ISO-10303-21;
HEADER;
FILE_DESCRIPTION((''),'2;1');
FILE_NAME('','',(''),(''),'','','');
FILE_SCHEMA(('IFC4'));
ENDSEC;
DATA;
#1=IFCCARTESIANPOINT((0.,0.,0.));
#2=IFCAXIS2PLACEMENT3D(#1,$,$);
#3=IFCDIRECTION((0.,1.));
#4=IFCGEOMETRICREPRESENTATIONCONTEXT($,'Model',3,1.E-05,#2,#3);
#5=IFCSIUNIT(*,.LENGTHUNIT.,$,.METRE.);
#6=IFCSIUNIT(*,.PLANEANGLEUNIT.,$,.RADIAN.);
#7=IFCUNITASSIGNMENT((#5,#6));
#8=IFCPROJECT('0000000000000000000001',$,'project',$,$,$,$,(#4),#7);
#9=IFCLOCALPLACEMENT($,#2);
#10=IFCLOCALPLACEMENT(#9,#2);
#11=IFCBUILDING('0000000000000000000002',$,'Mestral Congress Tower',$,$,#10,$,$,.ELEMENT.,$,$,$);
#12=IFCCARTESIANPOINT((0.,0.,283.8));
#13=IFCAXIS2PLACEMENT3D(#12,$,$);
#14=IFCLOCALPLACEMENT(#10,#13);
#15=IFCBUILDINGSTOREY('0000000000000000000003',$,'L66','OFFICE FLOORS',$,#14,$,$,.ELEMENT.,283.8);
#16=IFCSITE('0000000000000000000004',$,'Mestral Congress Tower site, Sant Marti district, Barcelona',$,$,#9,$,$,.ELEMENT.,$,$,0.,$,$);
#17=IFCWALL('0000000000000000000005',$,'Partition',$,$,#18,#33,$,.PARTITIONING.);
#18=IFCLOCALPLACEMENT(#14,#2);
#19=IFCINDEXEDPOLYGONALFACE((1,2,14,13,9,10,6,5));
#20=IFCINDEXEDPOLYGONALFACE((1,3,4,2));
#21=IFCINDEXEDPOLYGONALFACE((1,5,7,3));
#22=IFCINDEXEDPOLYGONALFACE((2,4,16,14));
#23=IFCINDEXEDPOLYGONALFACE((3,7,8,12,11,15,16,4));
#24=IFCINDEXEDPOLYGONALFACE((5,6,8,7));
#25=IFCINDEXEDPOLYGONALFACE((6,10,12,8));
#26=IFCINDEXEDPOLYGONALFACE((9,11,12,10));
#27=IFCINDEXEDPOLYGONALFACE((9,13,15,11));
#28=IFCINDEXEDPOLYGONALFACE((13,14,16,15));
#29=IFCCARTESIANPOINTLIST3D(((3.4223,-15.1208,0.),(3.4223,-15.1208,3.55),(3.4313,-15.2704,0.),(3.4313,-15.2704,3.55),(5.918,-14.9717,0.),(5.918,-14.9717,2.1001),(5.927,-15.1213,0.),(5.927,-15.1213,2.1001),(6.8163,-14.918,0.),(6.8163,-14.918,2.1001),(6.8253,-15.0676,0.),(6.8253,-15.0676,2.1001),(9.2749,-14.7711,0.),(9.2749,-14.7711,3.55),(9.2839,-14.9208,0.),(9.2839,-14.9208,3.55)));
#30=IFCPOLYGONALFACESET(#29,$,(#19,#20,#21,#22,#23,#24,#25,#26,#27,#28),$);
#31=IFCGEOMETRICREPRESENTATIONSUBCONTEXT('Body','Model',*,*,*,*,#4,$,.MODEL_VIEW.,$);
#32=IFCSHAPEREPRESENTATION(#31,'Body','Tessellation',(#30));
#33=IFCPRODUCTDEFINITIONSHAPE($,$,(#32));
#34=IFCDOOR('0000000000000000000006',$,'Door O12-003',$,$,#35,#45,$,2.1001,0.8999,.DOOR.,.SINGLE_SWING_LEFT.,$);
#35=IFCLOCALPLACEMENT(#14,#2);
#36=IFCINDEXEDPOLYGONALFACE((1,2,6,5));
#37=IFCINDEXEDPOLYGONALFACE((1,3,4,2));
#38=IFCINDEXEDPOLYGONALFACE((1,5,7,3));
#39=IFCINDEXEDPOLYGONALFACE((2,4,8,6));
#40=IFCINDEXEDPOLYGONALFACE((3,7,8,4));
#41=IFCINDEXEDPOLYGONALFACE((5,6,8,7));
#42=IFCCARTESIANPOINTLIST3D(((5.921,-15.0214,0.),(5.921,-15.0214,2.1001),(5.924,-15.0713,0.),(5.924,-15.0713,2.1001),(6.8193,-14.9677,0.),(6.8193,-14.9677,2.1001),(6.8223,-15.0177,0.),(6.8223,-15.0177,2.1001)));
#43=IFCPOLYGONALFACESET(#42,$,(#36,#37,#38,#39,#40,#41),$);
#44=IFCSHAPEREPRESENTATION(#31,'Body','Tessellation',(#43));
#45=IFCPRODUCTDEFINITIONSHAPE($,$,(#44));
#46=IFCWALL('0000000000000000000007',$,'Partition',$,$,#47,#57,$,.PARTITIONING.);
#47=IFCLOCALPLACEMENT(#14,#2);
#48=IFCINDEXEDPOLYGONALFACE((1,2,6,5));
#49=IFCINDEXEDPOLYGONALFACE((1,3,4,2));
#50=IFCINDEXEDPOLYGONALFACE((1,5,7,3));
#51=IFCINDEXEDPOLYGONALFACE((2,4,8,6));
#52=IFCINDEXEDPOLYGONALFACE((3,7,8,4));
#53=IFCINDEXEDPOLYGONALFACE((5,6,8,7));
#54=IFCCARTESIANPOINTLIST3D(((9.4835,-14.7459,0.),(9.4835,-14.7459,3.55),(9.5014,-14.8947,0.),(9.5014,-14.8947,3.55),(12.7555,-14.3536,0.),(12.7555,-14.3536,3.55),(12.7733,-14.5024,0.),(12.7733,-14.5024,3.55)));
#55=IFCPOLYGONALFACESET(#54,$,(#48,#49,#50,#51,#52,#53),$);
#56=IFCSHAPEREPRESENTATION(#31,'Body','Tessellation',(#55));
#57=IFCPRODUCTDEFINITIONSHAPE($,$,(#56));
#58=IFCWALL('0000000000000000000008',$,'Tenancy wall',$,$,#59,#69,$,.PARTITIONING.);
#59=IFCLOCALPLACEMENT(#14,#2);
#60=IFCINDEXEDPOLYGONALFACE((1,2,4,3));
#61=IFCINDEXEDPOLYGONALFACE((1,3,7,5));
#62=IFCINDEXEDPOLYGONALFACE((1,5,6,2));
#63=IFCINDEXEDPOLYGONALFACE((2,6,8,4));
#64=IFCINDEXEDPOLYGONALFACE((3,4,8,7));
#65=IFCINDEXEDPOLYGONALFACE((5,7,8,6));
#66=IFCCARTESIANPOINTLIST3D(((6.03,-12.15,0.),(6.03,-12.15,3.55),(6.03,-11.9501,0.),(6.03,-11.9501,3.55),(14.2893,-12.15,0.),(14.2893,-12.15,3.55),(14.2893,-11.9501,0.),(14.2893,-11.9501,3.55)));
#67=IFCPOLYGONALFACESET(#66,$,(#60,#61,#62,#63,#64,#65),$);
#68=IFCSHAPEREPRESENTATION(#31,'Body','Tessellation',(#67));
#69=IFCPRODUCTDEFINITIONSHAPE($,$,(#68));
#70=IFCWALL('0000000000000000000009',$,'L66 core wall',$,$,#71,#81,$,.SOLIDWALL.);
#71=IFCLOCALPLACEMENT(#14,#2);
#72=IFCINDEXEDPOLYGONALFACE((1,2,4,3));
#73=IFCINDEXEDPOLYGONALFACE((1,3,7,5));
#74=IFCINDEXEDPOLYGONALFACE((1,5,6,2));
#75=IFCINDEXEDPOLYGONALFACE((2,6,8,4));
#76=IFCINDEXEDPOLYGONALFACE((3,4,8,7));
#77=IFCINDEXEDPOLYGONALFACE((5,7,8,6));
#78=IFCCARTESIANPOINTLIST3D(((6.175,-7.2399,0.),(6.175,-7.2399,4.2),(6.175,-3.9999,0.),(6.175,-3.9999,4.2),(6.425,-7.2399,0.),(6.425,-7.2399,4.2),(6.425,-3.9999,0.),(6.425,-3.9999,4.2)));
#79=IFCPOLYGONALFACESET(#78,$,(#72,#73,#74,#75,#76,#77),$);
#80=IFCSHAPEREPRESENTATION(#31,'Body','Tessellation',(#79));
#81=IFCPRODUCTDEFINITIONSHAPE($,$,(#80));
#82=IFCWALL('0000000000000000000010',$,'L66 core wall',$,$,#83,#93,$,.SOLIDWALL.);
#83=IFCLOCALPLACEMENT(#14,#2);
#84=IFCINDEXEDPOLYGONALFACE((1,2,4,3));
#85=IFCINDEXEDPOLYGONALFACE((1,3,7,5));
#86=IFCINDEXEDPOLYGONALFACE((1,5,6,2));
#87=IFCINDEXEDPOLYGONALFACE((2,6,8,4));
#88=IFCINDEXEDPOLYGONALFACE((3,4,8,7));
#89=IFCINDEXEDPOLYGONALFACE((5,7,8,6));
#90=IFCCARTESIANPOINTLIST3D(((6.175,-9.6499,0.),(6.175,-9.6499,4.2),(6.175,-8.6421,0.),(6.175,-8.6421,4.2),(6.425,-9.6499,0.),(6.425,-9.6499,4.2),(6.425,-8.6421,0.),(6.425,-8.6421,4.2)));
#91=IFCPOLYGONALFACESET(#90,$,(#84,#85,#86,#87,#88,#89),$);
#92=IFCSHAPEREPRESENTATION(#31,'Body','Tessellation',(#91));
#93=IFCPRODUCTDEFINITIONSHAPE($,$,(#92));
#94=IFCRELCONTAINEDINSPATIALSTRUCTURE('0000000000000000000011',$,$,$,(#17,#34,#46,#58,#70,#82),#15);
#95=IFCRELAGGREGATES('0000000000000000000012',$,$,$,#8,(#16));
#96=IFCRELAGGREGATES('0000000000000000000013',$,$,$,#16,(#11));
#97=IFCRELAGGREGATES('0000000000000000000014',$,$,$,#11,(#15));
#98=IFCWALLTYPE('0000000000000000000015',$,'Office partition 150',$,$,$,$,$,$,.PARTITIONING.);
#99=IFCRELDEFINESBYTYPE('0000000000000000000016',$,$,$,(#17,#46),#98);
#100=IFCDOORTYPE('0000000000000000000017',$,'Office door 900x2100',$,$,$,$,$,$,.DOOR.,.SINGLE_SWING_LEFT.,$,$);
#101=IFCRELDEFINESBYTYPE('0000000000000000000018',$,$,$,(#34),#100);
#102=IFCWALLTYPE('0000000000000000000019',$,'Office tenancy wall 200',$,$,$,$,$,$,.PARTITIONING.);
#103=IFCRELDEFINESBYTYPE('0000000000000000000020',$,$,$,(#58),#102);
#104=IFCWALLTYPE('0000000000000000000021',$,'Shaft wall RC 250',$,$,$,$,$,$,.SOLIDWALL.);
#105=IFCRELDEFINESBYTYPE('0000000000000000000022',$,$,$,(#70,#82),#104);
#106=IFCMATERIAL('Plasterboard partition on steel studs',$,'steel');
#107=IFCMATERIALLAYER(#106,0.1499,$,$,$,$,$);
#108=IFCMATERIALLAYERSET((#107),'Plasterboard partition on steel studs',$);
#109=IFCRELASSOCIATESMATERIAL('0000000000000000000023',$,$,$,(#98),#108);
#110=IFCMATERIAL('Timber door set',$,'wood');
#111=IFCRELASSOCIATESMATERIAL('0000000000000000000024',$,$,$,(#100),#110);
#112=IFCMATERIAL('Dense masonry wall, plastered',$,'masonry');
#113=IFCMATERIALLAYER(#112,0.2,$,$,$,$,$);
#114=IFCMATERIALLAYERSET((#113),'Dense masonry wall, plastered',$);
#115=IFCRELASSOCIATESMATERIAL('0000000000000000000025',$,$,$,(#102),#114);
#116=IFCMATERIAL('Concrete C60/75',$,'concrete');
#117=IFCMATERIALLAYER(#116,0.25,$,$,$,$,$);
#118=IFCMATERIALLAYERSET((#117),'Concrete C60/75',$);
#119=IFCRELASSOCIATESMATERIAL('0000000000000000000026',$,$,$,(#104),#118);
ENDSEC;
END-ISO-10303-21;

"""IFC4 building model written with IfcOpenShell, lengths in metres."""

from ifc_helpers import new_model, si_unit, direction, frame, frame_2d, origin, place, context, subcontext, project, spatial, rectangle, extrude, material, layer, layer_set, type_object, element, fill, save


model = new_model("IFC4")

# Units and contexts
model_context = context("Model", 3, precision=1e-05, world=origin(), true_north=direction((0.0, 1.0)))
body_context = subcontext(model_context, "Body", "Model", "MODEL_VIEW")
ifc_project = project(units=[si_unit("LENGTHUNIT", "METRE"), si_unit("PLANEANGLEUNIT", "RADIAN")], contexts=[model_context])

# Site, building, storey
site_placement = place(None, origin())
site = spatial("IfcSite", under=ifc_project, at=site_placement, Name="Mestral Congress Tower site, Sant Marti district, Barcelona", CompositionType="ELEMENT", RefElevation=0.0)
building_placement = place(site_placement, origin())
building = spatial("IfcBuilding", under=site, at=building_placement, Name="Mestral Congress Tower", CompositionType="ELEMENT")
storey_placement = place(building_placement, frame((0.0, 0.0, 283.8)))
storey = spatial("IfcBuildingStorey", under=building, at=storey_placement, Name="L66", Description="OFFICE FLOORS", CompositionType="ELEMENT", Elevation=283.8)

# Shared definitions
ifc_material_1 = material(Name="Concrete C60/75", Category="concrete")

# Shared definitions
ifc_material_2 = material(Name="Plasterboard partition on steel studs", Category="steel")
ifc_layer_1 = layer(ifc_material_2, 0.1499)
ifc_layer_set_1 = layer_set([ifc_layer_1], Name="Plasterboard partition on steel studs")
wall_type_1 = type_object("IfcWallType", Name="Office partition 150", PredefinedType="PARTITIONING", material=ifc_layer_set_1)

# Wall, opening, door
ifc_material_3 = material(Name="Timber door set", Category="wood")
door_type_1 = type_object("IfcDoorType", Name="Office door 900x2100", OperationType="SINGLE_SWING_LEFT", PredefinedType="DOOR", material=ifc_material_3)
wall_1_placement = place(storey_placement, frame((9.2795, -14.8459, 0.0), z_axis=(0.0, 0.0, 1.0), x_axis=(-0.998221, -0.05963, 0.0)))
wall_1 = element("IfcWall", 1, at=wall_1_placement, inside=storey, type_object=wall_type_1, Name="Partition", PredefinedType="PARTITIONING", context=body_context, shape_type="SweptSolid", body=[
    extrude(rectangle(XDim=5.863, YDim=0.1499, at=frame_2d((2.9316, 0.0))), origin(), (0.0, 0.0, 1.0), 3.55),
])
opening_1_placement = place(wall_1_placement, frame((2.4631, 0.0, 0.0)))
opening_1 = element("IfcOpeningElement", 2, at=opening_1_placement, cuts=wall_1, PredefinedType="OPENING", context=body_context, shape_type="SweptSolid", body=[
    extrude(rectangle(XDim=0.8999, YDim=2.1001, at=frame_2d((0.45, 1.05))), frame((0.0, 0.085, 0.0), z_axis=(0.0, -1.0, 0.0), x_axis=(1.0, 0.0, 0.0)), (0.0, 0.0, 1.0), 0.1699),
])
door_1_placement = place(opening_1_placement, origin())
door_1 = element("IfcDoor", 3, at=door_1_placement, inside=storey, type_object=door_type_1, Name="Door O12-003", OperationType="SINGLE_SWING_LEFT", OverallHeight=2.1001, OverallWidth=0.8999, PredefinedType="DOOR", context=body_context, shape_type="SweptSolid", body=[
    extrude(rectangle(XDim=0.8999, YDim=2.1001, at=frame_2d((0.45, 1.05))), frame((0.0, 0.0249, 0.0), z_axis=(0.0, -1.0, 0.0), x_axis=(1.0, 0.0, 0.0)), (0.0, 0.0, 1.0), 0.05),
])
fill(opening_1, door_1)

# Walls
wall_2_placement = place(storey_placement, frame((9.4924, -14.8203, 0.0), z_axis=(0.0, 0.0, 1.0), x_axis=(0.992888, 0.119055, 0.0)))
element("IfcWall", 4, at=wall_2_placement, inside=storey, type_object=wall_type_1, Name="Partition", PredefinedType="PARTITIONING", context=body_context, shape_type="SweptSolid", body=[
    extrude(rectangle(XDim=3.2954, YDim=0.1499, at=frame_2d((1.6477, 0.0))), origin(), (0.0, 0.0, 1.0), 3.55),
])
ifc_material_4 = material(Name="Dense masonry wall, plastered", Category="masonry")
ifc_layer_2 = layer(ifc_material_4, 0.2)
ifc_layer_set_2 = layer_set([ifc_layer_2], Name="Dense masonry wall, plastered")
wall_type_2 = type_object("IfcWallType", Name="Office tenancy wall 200", PredefinedType="PARTITIONING", material=ifc_layer_set_2)
wall_3_placement = place(storey_placement, frame((6.03, -12.05, 0.0), z_axis=(0.0, 0.0, 1.0), x_axis=(1.0, 0.0, 0.0)))
element("IfcWall", 5, at=wall_3_placement, inside=storey, type_object=wall_type_2, Name="Tenancy wall", PredefinedType="PARTITIONING", context=body_context, shape_type="SweptSolid", body=[
    extrude(rectangle(XDim=8.2593, YDim=0.2, at=frame_2d((4.1296, 0.0))), origin(), (0.0, 0.0, 1.0), 3.55),
])
ifc_layer_3 = layer(ifc_material_1, 0.25)
ifc_layer_set_3 = layer_set([ifc_layer_3], Name="Concrete C60/75")
wall_type_3 = type_object("IfcWallType", Name="Shaft wall RC 250", PredefinedType="SOLIDWALL", material=ifc_layer_set_3)
wall_4_placement = place(storey_placement, frame((6.3, -7.24, 0.0), z_axis=(0.0, 0.0, 1.0), x_axis=(0.0, 1.0, 0.0)))
element("IfcWall", 6, at=wall_4_placement, inside=storey, type_object=wall_type_3, Name="L66 core wall", PredefinedType="SOLIDWALL", context=body_context, shape_type="SweptSolid", body=[
    extrude(rectangle(XDim=3.24, YDim=0.25, at=frame_2d((1.6201, 0.0))), origin(), (0.0, 0.0, 1.0), 4.2),
])
wall_5_placement = place(storey_placement, frame((6.3, -9.6499, 0.0), z_axis=(0.0, 0.0, 1.0), x_axis=(0.0, 1.0, 0.0)))
element("IfcWall", 7, at=wall_5_placement, inside=storey, type_object=wall_type_3, Name="L66 core wall", PredefinedType="SOLIDWALL", context=body_context, shape_type="SweptSolid", body=[
    extrude(rectangle(XDim=1.0078, YDim=0.25, at=frame_2d((0.5039, 0.0))), origin(), (0.0, 0.0, 1.0), 4.2),
])

save(model, "model.ifc")
